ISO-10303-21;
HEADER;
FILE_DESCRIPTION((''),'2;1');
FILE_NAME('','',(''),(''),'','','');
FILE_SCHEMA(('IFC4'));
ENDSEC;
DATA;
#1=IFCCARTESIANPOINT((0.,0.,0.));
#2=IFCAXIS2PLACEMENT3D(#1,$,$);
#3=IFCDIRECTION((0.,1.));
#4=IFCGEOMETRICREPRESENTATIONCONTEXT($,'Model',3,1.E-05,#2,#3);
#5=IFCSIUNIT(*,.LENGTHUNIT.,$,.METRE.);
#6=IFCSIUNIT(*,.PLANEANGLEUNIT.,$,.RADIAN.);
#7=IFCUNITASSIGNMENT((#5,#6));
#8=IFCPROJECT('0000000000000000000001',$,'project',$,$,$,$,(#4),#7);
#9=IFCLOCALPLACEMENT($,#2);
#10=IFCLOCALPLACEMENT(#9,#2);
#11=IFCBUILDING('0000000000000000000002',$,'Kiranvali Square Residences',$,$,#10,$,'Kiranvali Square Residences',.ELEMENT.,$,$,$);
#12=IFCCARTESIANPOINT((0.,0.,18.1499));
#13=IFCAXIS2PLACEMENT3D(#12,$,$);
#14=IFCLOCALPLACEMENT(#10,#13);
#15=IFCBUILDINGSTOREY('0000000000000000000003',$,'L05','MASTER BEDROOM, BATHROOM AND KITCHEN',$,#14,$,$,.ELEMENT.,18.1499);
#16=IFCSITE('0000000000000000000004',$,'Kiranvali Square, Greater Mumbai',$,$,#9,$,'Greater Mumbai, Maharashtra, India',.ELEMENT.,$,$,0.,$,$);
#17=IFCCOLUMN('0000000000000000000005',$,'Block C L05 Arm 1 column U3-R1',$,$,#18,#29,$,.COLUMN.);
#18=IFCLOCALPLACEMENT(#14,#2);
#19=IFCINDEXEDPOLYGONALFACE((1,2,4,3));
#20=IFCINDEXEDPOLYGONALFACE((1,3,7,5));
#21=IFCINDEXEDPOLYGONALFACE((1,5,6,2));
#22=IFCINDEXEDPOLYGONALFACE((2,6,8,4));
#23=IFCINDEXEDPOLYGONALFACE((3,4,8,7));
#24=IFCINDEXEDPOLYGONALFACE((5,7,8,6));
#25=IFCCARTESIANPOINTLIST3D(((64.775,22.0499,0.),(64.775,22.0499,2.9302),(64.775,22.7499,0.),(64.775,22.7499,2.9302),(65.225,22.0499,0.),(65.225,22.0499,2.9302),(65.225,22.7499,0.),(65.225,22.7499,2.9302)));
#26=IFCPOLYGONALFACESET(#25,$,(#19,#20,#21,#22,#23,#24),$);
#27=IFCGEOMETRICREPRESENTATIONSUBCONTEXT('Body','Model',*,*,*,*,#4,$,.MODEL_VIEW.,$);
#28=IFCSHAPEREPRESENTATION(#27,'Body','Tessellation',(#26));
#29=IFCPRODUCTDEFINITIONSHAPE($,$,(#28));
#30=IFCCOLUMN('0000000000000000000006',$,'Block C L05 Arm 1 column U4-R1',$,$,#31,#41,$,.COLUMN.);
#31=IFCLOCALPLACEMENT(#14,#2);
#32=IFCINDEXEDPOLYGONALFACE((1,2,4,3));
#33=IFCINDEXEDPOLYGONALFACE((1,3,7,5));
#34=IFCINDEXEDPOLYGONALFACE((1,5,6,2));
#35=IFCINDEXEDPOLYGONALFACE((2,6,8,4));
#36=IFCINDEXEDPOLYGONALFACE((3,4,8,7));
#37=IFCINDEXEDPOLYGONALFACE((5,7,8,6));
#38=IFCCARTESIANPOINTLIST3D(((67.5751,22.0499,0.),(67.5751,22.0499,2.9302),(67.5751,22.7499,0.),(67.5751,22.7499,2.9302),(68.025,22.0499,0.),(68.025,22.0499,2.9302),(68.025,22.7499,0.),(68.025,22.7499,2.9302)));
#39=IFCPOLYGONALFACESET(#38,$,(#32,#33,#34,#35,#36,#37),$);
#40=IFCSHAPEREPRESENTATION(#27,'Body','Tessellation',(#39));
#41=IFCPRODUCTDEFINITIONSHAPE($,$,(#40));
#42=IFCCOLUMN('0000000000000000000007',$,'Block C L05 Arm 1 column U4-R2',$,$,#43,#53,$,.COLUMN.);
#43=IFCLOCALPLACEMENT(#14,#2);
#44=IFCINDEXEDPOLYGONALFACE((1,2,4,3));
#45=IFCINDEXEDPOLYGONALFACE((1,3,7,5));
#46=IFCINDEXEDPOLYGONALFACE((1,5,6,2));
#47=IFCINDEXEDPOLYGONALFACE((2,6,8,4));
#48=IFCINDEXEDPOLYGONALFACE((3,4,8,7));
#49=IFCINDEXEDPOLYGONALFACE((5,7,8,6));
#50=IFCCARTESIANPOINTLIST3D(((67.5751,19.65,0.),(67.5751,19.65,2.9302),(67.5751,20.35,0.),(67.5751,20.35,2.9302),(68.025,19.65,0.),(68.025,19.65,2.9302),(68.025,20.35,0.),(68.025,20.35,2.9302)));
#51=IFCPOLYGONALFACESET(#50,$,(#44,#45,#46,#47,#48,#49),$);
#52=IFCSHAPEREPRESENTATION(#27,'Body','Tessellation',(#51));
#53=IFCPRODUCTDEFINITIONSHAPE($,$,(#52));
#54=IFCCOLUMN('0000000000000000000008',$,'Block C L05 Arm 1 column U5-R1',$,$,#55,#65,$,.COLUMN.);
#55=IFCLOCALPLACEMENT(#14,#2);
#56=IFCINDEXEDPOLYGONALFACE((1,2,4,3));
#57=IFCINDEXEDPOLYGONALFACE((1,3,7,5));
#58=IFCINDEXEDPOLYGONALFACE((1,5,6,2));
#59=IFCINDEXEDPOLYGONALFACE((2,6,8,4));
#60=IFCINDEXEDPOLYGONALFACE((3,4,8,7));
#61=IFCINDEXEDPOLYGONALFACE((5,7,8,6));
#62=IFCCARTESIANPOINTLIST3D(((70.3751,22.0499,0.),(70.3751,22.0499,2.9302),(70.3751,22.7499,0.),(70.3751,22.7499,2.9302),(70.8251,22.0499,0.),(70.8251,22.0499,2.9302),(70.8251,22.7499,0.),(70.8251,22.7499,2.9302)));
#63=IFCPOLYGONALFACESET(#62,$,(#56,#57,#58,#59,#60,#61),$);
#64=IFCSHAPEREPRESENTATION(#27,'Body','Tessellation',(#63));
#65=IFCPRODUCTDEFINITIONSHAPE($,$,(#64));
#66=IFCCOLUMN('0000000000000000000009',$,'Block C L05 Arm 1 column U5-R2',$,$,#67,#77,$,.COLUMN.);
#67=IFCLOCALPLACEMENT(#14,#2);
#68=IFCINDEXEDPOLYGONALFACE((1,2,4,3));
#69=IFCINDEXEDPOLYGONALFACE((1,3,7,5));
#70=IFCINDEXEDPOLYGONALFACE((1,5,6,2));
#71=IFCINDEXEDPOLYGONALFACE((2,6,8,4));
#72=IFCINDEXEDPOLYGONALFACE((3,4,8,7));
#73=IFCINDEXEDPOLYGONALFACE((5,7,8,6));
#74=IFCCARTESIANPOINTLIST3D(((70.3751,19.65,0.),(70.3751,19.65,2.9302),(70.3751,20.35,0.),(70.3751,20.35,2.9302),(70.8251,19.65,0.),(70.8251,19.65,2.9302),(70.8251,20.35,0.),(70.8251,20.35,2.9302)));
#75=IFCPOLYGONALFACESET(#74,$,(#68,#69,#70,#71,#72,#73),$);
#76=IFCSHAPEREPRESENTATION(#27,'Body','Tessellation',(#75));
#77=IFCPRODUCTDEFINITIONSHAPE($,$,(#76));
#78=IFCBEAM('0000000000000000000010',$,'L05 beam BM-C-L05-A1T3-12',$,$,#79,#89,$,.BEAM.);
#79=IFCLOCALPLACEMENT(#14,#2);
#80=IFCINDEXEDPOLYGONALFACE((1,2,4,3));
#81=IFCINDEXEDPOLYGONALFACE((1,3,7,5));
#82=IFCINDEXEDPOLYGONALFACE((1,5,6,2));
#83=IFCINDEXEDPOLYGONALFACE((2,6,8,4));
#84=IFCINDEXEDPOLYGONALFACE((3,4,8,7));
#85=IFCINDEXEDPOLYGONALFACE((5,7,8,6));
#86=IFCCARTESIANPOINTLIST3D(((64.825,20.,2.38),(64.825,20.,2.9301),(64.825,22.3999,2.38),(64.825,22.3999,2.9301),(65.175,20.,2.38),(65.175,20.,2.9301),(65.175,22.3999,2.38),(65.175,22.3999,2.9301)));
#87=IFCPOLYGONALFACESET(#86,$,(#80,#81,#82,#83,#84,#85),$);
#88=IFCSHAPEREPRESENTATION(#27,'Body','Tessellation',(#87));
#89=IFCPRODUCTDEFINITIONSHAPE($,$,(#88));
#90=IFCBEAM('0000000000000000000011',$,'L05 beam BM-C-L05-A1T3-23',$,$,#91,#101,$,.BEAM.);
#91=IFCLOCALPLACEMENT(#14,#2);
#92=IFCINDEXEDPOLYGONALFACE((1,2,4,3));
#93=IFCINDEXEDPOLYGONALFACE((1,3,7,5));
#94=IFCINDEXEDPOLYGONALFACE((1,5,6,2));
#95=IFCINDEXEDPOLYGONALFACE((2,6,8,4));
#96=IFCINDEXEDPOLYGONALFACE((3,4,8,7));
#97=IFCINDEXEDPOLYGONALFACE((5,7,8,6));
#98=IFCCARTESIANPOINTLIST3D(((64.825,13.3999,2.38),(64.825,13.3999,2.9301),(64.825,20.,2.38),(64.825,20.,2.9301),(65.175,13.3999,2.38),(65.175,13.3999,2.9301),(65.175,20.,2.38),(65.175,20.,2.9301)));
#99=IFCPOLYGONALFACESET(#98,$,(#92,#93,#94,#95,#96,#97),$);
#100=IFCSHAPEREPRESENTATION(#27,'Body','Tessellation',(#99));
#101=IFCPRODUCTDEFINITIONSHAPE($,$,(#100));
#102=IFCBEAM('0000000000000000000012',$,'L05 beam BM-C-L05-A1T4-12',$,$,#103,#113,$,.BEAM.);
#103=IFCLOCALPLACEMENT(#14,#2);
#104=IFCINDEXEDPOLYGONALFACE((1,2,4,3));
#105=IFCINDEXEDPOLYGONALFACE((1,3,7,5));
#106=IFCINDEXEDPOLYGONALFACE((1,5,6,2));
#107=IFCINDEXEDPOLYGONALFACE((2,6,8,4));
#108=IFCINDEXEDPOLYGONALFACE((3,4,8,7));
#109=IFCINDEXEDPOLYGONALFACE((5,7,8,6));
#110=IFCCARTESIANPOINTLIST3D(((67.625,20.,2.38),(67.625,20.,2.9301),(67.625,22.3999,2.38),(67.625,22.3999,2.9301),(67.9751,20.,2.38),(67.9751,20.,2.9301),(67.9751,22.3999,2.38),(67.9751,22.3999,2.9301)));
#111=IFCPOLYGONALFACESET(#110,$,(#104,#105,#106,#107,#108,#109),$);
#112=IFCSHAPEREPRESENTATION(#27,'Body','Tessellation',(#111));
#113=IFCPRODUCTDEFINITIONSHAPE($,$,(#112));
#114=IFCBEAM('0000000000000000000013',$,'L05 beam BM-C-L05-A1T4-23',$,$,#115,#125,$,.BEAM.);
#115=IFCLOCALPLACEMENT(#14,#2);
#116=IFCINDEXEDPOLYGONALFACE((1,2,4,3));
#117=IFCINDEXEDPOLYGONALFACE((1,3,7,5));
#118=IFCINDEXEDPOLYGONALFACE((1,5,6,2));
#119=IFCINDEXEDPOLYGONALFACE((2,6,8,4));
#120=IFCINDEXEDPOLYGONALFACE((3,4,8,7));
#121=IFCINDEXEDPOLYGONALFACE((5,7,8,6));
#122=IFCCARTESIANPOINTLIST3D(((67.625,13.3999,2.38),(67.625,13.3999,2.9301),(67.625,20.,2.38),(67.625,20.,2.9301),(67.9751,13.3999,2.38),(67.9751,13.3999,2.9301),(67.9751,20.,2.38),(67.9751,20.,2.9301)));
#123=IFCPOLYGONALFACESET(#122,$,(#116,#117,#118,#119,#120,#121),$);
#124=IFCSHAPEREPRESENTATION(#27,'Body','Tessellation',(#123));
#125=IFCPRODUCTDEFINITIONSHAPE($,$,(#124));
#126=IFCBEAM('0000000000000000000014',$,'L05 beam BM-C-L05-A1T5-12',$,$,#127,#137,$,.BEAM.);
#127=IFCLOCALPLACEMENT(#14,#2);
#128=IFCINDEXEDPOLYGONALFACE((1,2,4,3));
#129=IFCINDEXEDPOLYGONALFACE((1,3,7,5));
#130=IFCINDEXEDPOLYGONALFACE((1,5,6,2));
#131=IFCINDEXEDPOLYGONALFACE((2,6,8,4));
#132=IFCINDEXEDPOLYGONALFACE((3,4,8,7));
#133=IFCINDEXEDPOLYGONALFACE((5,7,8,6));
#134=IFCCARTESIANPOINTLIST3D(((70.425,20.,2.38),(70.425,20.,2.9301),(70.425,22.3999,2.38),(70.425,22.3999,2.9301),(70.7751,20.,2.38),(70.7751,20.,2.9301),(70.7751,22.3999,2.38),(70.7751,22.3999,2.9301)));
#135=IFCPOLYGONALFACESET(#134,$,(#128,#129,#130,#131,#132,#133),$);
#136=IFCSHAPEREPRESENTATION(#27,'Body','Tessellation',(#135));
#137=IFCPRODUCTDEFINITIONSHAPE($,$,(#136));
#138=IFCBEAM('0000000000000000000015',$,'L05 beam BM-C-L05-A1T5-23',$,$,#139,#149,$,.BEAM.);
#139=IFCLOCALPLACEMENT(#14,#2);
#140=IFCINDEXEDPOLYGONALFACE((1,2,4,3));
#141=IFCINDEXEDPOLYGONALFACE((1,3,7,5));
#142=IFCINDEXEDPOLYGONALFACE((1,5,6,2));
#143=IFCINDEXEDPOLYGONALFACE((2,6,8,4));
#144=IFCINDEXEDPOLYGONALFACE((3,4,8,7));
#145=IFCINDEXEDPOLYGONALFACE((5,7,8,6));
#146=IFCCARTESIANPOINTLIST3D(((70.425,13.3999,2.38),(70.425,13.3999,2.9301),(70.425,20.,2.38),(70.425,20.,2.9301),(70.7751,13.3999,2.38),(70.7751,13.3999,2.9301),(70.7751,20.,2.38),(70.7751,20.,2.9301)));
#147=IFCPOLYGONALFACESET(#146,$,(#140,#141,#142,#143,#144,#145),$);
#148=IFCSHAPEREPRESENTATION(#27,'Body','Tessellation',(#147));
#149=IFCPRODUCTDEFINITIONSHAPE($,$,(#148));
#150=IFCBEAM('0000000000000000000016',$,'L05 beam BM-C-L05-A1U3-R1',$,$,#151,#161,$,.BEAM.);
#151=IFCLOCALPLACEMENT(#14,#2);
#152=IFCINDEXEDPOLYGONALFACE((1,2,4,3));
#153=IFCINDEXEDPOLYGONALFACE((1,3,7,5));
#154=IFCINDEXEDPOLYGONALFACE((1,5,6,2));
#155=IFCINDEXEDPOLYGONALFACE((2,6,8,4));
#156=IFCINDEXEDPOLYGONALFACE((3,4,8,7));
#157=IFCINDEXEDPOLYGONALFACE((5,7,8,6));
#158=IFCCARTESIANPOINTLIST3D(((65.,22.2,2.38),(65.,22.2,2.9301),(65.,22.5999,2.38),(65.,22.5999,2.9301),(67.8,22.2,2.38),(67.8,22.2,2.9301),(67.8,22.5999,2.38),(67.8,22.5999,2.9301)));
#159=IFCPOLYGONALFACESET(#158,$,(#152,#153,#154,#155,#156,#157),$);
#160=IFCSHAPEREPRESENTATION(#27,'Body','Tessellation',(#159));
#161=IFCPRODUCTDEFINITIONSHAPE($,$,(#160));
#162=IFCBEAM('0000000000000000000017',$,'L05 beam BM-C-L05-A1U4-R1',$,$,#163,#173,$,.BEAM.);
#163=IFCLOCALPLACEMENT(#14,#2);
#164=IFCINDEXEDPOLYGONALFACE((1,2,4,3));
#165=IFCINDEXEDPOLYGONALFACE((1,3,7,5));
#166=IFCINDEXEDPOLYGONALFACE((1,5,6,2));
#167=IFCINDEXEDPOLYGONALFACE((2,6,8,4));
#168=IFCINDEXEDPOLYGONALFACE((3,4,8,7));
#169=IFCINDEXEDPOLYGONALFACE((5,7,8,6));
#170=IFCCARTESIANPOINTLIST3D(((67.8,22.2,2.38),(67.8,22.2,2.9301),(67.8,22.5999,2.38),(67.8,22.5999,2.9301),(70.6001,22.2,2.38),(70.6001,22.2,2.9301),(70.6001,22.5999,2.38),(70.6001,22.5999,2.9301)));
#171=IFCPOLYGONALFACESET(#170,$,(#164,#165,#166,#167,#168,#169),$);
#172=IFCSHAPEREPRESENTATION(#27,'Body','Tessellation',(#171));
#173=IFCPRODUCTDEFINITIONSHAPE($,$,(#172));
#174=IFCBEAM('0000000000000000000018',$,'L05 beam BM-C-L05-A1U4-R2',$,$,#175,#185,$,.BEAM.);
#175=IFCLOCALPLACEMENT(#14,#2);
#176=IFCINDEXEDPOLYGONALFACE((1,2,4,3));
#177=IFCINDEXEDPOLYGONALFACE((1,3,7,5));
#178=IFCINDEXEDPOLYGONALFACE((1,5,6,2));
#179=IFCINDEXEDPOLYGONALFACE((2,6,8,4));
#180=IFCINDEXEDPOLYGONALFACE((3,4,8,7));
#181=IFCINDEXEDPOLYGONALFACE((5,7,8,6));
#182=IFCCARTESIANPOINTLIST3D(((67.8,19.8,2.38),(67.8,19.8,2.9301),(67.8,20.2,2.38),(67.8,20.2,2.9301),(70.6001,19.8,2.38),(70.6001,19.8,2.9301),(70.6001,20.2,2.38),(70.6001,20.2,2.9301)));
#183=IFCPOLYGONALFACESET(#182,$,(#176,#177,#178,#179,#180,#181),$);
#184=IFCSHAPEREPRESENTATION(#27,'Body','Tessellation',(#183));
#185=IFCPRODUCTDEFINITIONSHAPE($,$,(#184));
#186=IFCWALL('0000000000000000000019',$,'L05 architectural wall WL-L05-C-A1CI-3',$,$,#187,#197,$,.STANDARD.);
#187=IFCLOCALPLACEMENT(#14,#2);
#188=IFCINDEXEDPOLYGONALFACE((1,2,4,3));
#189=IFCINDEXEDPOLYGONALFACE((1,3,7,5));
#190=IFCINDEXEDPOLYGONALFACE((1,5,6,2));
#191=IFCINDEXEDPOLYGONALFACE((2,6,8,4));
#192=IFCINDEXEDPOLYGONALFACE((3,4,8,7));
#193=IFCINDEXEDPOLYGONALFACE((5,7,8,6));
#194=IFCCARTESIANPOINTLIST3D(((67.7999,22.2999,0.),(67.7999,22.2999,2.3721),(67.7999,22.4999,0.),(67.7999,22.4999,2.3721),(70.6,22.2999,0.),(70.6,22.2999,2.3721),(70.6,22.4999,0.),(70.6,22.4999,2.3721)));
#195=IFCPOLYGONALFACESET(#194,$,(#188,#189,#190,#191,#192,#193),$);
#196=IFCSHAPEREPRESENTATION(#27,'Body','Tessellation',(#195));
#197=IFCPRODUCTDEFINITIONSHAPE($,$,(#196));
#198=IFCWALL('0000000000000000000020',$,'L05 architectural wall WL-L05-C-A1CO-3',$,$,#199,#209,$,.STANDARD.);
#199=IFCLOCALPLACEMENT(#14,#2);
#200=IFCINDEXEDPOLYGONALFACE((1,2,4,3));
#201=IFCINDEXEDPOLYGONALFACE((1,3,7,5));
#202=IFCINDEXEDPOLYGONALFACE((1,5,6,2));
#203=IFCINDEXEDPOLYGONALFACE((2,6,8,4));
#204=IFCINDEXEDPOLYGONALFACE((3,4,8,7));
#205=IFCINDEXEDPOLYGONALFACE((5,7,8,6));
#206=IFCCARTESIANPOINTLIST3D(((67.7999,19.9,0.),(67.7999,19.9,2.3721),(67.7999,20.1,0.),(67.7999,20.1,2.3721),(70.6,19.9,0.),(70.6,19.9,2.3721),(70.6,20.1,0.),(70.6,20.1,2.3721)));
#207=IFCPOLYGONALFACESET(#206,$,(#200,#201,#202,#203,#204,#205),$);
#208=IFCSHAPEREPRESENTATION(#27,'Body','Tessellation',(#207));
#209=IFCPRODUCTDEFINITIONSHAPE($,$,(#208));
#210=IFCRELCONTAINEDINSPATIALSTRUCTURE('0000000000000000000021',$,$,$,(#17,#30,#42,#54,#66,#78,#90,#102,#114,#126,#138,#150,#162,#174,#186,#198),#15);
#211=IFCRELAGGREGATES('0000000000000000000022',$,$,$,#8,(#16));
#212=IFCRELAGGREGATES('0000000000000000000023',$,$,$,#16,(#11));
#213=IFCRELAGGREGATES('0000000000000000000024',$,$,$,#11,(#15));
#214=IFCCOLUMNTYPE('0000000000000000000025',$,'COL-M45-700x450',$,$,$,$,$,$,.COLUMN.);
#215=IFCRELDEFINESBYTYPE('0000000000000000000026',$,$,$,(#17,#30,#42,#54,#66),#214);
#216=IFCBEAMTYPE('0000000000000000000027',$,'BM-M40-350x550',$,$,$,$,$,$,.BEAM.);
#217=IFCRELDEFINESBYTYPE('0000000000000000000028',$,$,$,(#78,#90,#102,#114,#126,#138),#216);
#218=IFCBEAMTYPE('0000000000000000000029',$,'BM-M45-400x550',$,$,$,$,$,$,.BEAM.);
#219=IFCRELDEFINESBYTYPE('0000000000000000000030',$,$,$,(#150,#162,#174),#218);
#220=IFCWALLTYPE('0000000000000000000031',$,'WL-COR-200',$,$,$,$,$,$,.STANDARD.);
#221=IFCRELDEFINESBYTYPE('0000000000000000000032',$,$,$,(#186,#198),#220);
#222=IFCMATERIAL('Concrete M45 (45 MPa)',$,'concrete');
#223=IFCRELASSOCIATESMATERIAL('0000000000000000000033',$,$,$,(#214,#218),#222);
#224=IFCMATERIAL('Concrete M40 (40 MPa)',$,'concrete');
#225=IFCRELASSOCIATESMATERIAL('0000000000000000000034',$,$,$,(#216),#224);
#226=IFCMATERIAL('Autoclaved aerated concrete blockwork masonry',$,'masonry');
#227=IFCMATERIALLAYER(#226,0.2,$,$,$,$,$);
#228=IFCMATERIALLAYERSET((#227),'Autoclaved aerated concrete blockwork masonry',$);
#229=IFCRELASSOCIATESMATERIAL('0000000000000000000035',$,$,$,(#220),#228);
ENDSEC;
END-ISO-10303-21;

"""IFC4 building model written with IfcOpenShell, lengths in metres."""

from ifc_helpers import new_model, si_unit, direction, frame, frame_2d, origin, origin_2d, place, context, subcontext, project, spatial, rectangle, extrude, material, layer, layer_set, material_profile, profile_set, type_object, element, save


model = new_model("IFC4")

# Units and contexts
model_context = context("Model", 3, precision=1e-05, world=origin(), true_north=direction((0.0, 1.0)))
body_context = subcontext(model_context, "Body", "Model", "MODEL_VIEW")
ifc_project = project(units=[si_unit("LENGTHUNIT", "METRE"), si_unit("PLANEANGLEUNIT", "RADIAN")], contexts=[model_context])

# Site, building, storey
site_placement = place(None, origin())
site = spatial("IfcSite", under=ifc_project, at=site_placement, Name="Kiranvali Square, Greater Mumbai", LongName="Greater Mumbai, Maharashtra, India", CompositionType="ELEMENT", RefElevation=0.0)
building_placement = place(site_placement, origin())
building = spatial("IfcBuilding", under=site, at=building_placement, Name="Kiranvali Square Residences", LongName="Kiranvali Square Residences", CompositionType="ELEMENT")
storey_placement = place(building_placement, frame((0.0, 0.0, 18.1499)))
storey = spatial("IfcBuildingStorey", under=building, at=storey_placement, Name="L05", Description="MASTER BEDROOM, BATHROOM AND KITCHEN", CompositionType="ELEMENT", Elevation=18.1499)

# Columns
ifc_material_1 = material(Name="Concrete M45 (45 MPa)", Category="concrete")
ifc_material_profile_1 = material_profile(ifc_material_1, rectangle(XDim=0.45, YDim=0.7, at=origin_2d()), Name="RC 700x450")
ifc_profile_set_1 = profile_set([ifc_material_profile_1], Name="Concrete M45 (45 MPa)")
column_type = type_object("IfcColumnType", Name="COL-M45-700x450", PredefinedType="COLUMN", material=ifc_profile_set_1)
for number, where, z_axis, x_axis, name in (
    (1, (65.0, 22.3999, 0.0), (0.0, 0.0, 1.0), (1.0, 0.0, 0.0), "Block C L05 Arm 1 column U3-R1"),
    (2, (67.8, 22.3999, 0.0), (0.0, 0.0, 1.0), (1.0, 0.0, 0.0), "Block C L05 Arm 1 column U4-R1"),
    (3, (67.8, 20.0, 0.0), (0.0, 0.0, 1.0), (1.0, 0.0, 0.0), "Block C L05 Arm 1 column U4-R2"),
    (4, (70.6001, 22.3999, 0.0), (0.0, 0.0, 1.0), (1.0, 0.0, 0.0), "Block C L05 Arm 1 column U5-R1"),
    (5, (70.6001, 20.0, 0.0), (0.0, 0.0, 1.0), (1.0, 0.0, 0.0), "Block C L05 Arm 1 column U5-R2"),
):
    element("IfcColumn", number, at=place(storey_placement, frame(where, z_axis=z_axis, x_axis=x_axis)), inside=storey, type_object=column_type, Name=name, PredefinedType="COLUMN", context=body_context, shape_type="SweptSolid", body=[
        extrude(rectangle(XDim=0.45, YDim=0.7, at=origin_2d()), origin(), (0.0, 0.0, 1.0), 2.9302),
    ])

# Beams
ifc_material_2 = material(Name="Concrete M40 (40 MPa)", Category="concrete")
ifc_material_profile_2 = material_profile(ifc_material_2, rectangle(XDim=0.3501, YDim=0.55, at=origin_2d()), Name="RC 350x550")
ifc_profile_set_2 = profile_set([ifc_material_profile_2], Name="Concrete M40 (40 MPa)")
beam_type_1 = type_object("IfcBeamType", Name="BM-M40-350x550", PredefinedType="BEAM", material=ifc_profile_set_2)
beam_1_placement = place(storey_placement, frame((65.0, 22.3999, 2.655), z_axis=(0.0, -1.0, 0.0), x_axis=(1.0, 0.0, 0.0)))
element("IfcBeam", 6, at=beam_1_placement, inside=storey, type_object=beam_type_1, Name="L05 beam BM-C-L05-A1T3-12", PredefinedType="BEAM", context=body_context, shape_type="SweptSolid", body=[
    extrude(rectangle(XDim=0.3501, YDim=0.55, at=origin_2d()), origin(), (0.0, 0.0, 1.0), 2.3999),
])
beam_2_placement = place(storey_placement, frame((65.0, 20.0, 2.655), z_axis=(0.0, -1.0, 0.0), x_axis=(1.0, 0.0, 0.0)))
element("IfcBeam", 7, at=beam_2_placement, inside=storey, type_object=beam_type_1, Name="L05 beam BM-C-L05-A1T3-23", PredefinedType="BEAM", context=body_context, shape_type="SweptSolid", body=[
    extrude(rectangle(XDim=0.3501, YDim=0.55, at=origin_2d()), origin(), (0.0, 0.0, 1.0), 6.6001),
])
beam_3_placement = place(storey_placement, frame((67.8, 22.3999, 2.655), z_axis=(0.0, -1.0, 0.0), x_axis=(1.0, 0.0, 0.0)))
element("IfcBeam", 8, at=beam_3_placement, inside=storey, type_object=beam_type_1, Name="L05 beam BM-C-L05-A1T4-12", PredefinedType="BEAM", context=body_context, shape_type="SweptSolid", body=[
    extrude(rectangle(XDim=0.3501, YDim=0.55, at=origin_2d()), origin(), (0.0, 0.0, 1.0), 2.3999),
])
beam_4_placement = place(storey_placement, frame((67.8, 20.0, 2.655), z_axis=(0.0, -1.0, 0.0), x_axis=(1.0, 0.0, 0.0)))
element("IfcBeam", 9, at=beam_4_placement, inside=storey, type_object=beam_type_1, Name="L05 beam BM-C-L05-A1T4-23", PredefinedType="BEAM", context=body_context, shape_type="SweptSolid", body=[
    extrude(rectangle(XDim=0.3501, YDim=0.55, at=origin_2d()), origin(), (0.0, 0.0, 1.0), 6.6001),
])
beam_5_placement = place(storey_placement, frame((70.6001, 22.3999, 2.655), z_axis=(0.0, -1.0, 0.0), x_axis=(1.0, 0.0, 0.0)))
element("IfcBeam", 10, at=beam_5_placement, inside=storey, type_object=beam_type_1, Name="L05 beam BM-C-L05-A1T5-12", PredefinedType="BEAM", context=body_context, shape_type="SweptSolid", body=[
    extrude(rectangle(XDim=0.3501, YDim=0.55, at=origin_2d()), origin(), (0.0, 0.0, 1.0), 2.3999),
])
beam_6_placement = place(storey_placement, frame((70.6001, 20.0, 2.655), z_axis=(0.0, -1.0, 0.0), x_axis=(1.0, 0.0, 0.0)))
element("IfcBeam", 11, at=beam_6_placement, inside=storey, type_object=beam_type_1, Name="L05 beam BM-C-L05-A1T5-23", PredefinedType="BEAM", context=body_context, shape_type="SweptSolid", body=[
    extrude(rectangle(XDim=0.3501, YDim=0.55, at=origin_2d()), origin(), (0.0, 0.0, 1.0), 6.6001),
])
ifc_material_profile_3 = material_profile(ifc_material_1, rectangle(XDim=0.3999, YDim=0.55, at=origin_2d()), Name="RC 400x550")
ifc_profile_set_3 = profile_set([ifc_material_profile_3], Name="Concrete M45 (45 MPa)")
beam_type_2 = type_object("IfcBeamType", Name="BM-M45-400x550", PredefinedType="BEAM", material=ifc_profile_set_3)
for number, where, z_axis, x_axis, name in (
    (12, (65.0, 22.3999, 2.655), (1.0, 0.0, 0.0), (0.0, 1.0, 0.0), "L05 beam BM-C-L05-A1U3-R1"),
    (13, (67.8, 22.3999, 2.655), (1.0, 0.0, 0.0), (0.0, 1.0, 0.0), "L05 beam BM-C-L05-A1U4-R1"),
    (14, (67.8, 20.0, 2.655), (1.0, 0.0, 0.0), (0.0, 1.0, 0.0), "L05 beam BM-C-L05-A1U4-R2"),
):
    element("IfcBeam", number, at=place(storey_placement, frame(where, z_axis=z_axis, x_axis=x_axis)), inside=storey, type_object=beam_type_2, Name=name, PredefinedType="BEAM", context=body_context, shape_type="SweptSolid", body=[
        extrude(rectangle(XDim=0.3999, YDim=0.55, at=origin_2d()), origin(), (0.0, 0.0, 1.0), 2.8),
    ])

# Shared definitions
ifc_material_3 = material(Name="Autoclaved aerated concrete blockwork masonry", Category="masonry")
ifc_layer_1 = layer(ifc_material_3, 0.2)
ifc_layer_set_1 = layer_set([ifc_layer_1], Name="Autoclaved aerated concrete blockwork masonry")
wall_type_1 = type_object("IfcWallType", Name="WL-COR-200", PredefinedType="STANDARD", material=ifc_layer_set_1)

# Walls
for number, where, z_axis, x_axis, name in (
    (15, (67.8, 22.3999, 0.0), (0.0, 0.0, 1.0), (1.0, 0.0, 0.0), "L05 architectural wall WL-L05-C-A1CI-3"),
    (16, (67.8, 20.0, 0.0), (0.0, 0.0, 1.0), (1.0, 0.0, 0.0), "L05 architectural wall WL-L05-C-A1CO-3"),
):
    element("IfcWall", number, at=place(storey_placement, frame(where, z_axis=z_axis, x_axis=x_axis)), inside=storey, type_object=wall_type_1, Name=name, PredefinedType="STANDARD", context=body_context, shape_type="SweptSolid", body=[
        extrude(rectangle(XDim=2.8, YDim=0.2, at=frame_2d((1.3999, 0.0))), origin(), (0.0, 0.0, 1.0), 2.3721),
    ])

save(model, "model.ifc")
